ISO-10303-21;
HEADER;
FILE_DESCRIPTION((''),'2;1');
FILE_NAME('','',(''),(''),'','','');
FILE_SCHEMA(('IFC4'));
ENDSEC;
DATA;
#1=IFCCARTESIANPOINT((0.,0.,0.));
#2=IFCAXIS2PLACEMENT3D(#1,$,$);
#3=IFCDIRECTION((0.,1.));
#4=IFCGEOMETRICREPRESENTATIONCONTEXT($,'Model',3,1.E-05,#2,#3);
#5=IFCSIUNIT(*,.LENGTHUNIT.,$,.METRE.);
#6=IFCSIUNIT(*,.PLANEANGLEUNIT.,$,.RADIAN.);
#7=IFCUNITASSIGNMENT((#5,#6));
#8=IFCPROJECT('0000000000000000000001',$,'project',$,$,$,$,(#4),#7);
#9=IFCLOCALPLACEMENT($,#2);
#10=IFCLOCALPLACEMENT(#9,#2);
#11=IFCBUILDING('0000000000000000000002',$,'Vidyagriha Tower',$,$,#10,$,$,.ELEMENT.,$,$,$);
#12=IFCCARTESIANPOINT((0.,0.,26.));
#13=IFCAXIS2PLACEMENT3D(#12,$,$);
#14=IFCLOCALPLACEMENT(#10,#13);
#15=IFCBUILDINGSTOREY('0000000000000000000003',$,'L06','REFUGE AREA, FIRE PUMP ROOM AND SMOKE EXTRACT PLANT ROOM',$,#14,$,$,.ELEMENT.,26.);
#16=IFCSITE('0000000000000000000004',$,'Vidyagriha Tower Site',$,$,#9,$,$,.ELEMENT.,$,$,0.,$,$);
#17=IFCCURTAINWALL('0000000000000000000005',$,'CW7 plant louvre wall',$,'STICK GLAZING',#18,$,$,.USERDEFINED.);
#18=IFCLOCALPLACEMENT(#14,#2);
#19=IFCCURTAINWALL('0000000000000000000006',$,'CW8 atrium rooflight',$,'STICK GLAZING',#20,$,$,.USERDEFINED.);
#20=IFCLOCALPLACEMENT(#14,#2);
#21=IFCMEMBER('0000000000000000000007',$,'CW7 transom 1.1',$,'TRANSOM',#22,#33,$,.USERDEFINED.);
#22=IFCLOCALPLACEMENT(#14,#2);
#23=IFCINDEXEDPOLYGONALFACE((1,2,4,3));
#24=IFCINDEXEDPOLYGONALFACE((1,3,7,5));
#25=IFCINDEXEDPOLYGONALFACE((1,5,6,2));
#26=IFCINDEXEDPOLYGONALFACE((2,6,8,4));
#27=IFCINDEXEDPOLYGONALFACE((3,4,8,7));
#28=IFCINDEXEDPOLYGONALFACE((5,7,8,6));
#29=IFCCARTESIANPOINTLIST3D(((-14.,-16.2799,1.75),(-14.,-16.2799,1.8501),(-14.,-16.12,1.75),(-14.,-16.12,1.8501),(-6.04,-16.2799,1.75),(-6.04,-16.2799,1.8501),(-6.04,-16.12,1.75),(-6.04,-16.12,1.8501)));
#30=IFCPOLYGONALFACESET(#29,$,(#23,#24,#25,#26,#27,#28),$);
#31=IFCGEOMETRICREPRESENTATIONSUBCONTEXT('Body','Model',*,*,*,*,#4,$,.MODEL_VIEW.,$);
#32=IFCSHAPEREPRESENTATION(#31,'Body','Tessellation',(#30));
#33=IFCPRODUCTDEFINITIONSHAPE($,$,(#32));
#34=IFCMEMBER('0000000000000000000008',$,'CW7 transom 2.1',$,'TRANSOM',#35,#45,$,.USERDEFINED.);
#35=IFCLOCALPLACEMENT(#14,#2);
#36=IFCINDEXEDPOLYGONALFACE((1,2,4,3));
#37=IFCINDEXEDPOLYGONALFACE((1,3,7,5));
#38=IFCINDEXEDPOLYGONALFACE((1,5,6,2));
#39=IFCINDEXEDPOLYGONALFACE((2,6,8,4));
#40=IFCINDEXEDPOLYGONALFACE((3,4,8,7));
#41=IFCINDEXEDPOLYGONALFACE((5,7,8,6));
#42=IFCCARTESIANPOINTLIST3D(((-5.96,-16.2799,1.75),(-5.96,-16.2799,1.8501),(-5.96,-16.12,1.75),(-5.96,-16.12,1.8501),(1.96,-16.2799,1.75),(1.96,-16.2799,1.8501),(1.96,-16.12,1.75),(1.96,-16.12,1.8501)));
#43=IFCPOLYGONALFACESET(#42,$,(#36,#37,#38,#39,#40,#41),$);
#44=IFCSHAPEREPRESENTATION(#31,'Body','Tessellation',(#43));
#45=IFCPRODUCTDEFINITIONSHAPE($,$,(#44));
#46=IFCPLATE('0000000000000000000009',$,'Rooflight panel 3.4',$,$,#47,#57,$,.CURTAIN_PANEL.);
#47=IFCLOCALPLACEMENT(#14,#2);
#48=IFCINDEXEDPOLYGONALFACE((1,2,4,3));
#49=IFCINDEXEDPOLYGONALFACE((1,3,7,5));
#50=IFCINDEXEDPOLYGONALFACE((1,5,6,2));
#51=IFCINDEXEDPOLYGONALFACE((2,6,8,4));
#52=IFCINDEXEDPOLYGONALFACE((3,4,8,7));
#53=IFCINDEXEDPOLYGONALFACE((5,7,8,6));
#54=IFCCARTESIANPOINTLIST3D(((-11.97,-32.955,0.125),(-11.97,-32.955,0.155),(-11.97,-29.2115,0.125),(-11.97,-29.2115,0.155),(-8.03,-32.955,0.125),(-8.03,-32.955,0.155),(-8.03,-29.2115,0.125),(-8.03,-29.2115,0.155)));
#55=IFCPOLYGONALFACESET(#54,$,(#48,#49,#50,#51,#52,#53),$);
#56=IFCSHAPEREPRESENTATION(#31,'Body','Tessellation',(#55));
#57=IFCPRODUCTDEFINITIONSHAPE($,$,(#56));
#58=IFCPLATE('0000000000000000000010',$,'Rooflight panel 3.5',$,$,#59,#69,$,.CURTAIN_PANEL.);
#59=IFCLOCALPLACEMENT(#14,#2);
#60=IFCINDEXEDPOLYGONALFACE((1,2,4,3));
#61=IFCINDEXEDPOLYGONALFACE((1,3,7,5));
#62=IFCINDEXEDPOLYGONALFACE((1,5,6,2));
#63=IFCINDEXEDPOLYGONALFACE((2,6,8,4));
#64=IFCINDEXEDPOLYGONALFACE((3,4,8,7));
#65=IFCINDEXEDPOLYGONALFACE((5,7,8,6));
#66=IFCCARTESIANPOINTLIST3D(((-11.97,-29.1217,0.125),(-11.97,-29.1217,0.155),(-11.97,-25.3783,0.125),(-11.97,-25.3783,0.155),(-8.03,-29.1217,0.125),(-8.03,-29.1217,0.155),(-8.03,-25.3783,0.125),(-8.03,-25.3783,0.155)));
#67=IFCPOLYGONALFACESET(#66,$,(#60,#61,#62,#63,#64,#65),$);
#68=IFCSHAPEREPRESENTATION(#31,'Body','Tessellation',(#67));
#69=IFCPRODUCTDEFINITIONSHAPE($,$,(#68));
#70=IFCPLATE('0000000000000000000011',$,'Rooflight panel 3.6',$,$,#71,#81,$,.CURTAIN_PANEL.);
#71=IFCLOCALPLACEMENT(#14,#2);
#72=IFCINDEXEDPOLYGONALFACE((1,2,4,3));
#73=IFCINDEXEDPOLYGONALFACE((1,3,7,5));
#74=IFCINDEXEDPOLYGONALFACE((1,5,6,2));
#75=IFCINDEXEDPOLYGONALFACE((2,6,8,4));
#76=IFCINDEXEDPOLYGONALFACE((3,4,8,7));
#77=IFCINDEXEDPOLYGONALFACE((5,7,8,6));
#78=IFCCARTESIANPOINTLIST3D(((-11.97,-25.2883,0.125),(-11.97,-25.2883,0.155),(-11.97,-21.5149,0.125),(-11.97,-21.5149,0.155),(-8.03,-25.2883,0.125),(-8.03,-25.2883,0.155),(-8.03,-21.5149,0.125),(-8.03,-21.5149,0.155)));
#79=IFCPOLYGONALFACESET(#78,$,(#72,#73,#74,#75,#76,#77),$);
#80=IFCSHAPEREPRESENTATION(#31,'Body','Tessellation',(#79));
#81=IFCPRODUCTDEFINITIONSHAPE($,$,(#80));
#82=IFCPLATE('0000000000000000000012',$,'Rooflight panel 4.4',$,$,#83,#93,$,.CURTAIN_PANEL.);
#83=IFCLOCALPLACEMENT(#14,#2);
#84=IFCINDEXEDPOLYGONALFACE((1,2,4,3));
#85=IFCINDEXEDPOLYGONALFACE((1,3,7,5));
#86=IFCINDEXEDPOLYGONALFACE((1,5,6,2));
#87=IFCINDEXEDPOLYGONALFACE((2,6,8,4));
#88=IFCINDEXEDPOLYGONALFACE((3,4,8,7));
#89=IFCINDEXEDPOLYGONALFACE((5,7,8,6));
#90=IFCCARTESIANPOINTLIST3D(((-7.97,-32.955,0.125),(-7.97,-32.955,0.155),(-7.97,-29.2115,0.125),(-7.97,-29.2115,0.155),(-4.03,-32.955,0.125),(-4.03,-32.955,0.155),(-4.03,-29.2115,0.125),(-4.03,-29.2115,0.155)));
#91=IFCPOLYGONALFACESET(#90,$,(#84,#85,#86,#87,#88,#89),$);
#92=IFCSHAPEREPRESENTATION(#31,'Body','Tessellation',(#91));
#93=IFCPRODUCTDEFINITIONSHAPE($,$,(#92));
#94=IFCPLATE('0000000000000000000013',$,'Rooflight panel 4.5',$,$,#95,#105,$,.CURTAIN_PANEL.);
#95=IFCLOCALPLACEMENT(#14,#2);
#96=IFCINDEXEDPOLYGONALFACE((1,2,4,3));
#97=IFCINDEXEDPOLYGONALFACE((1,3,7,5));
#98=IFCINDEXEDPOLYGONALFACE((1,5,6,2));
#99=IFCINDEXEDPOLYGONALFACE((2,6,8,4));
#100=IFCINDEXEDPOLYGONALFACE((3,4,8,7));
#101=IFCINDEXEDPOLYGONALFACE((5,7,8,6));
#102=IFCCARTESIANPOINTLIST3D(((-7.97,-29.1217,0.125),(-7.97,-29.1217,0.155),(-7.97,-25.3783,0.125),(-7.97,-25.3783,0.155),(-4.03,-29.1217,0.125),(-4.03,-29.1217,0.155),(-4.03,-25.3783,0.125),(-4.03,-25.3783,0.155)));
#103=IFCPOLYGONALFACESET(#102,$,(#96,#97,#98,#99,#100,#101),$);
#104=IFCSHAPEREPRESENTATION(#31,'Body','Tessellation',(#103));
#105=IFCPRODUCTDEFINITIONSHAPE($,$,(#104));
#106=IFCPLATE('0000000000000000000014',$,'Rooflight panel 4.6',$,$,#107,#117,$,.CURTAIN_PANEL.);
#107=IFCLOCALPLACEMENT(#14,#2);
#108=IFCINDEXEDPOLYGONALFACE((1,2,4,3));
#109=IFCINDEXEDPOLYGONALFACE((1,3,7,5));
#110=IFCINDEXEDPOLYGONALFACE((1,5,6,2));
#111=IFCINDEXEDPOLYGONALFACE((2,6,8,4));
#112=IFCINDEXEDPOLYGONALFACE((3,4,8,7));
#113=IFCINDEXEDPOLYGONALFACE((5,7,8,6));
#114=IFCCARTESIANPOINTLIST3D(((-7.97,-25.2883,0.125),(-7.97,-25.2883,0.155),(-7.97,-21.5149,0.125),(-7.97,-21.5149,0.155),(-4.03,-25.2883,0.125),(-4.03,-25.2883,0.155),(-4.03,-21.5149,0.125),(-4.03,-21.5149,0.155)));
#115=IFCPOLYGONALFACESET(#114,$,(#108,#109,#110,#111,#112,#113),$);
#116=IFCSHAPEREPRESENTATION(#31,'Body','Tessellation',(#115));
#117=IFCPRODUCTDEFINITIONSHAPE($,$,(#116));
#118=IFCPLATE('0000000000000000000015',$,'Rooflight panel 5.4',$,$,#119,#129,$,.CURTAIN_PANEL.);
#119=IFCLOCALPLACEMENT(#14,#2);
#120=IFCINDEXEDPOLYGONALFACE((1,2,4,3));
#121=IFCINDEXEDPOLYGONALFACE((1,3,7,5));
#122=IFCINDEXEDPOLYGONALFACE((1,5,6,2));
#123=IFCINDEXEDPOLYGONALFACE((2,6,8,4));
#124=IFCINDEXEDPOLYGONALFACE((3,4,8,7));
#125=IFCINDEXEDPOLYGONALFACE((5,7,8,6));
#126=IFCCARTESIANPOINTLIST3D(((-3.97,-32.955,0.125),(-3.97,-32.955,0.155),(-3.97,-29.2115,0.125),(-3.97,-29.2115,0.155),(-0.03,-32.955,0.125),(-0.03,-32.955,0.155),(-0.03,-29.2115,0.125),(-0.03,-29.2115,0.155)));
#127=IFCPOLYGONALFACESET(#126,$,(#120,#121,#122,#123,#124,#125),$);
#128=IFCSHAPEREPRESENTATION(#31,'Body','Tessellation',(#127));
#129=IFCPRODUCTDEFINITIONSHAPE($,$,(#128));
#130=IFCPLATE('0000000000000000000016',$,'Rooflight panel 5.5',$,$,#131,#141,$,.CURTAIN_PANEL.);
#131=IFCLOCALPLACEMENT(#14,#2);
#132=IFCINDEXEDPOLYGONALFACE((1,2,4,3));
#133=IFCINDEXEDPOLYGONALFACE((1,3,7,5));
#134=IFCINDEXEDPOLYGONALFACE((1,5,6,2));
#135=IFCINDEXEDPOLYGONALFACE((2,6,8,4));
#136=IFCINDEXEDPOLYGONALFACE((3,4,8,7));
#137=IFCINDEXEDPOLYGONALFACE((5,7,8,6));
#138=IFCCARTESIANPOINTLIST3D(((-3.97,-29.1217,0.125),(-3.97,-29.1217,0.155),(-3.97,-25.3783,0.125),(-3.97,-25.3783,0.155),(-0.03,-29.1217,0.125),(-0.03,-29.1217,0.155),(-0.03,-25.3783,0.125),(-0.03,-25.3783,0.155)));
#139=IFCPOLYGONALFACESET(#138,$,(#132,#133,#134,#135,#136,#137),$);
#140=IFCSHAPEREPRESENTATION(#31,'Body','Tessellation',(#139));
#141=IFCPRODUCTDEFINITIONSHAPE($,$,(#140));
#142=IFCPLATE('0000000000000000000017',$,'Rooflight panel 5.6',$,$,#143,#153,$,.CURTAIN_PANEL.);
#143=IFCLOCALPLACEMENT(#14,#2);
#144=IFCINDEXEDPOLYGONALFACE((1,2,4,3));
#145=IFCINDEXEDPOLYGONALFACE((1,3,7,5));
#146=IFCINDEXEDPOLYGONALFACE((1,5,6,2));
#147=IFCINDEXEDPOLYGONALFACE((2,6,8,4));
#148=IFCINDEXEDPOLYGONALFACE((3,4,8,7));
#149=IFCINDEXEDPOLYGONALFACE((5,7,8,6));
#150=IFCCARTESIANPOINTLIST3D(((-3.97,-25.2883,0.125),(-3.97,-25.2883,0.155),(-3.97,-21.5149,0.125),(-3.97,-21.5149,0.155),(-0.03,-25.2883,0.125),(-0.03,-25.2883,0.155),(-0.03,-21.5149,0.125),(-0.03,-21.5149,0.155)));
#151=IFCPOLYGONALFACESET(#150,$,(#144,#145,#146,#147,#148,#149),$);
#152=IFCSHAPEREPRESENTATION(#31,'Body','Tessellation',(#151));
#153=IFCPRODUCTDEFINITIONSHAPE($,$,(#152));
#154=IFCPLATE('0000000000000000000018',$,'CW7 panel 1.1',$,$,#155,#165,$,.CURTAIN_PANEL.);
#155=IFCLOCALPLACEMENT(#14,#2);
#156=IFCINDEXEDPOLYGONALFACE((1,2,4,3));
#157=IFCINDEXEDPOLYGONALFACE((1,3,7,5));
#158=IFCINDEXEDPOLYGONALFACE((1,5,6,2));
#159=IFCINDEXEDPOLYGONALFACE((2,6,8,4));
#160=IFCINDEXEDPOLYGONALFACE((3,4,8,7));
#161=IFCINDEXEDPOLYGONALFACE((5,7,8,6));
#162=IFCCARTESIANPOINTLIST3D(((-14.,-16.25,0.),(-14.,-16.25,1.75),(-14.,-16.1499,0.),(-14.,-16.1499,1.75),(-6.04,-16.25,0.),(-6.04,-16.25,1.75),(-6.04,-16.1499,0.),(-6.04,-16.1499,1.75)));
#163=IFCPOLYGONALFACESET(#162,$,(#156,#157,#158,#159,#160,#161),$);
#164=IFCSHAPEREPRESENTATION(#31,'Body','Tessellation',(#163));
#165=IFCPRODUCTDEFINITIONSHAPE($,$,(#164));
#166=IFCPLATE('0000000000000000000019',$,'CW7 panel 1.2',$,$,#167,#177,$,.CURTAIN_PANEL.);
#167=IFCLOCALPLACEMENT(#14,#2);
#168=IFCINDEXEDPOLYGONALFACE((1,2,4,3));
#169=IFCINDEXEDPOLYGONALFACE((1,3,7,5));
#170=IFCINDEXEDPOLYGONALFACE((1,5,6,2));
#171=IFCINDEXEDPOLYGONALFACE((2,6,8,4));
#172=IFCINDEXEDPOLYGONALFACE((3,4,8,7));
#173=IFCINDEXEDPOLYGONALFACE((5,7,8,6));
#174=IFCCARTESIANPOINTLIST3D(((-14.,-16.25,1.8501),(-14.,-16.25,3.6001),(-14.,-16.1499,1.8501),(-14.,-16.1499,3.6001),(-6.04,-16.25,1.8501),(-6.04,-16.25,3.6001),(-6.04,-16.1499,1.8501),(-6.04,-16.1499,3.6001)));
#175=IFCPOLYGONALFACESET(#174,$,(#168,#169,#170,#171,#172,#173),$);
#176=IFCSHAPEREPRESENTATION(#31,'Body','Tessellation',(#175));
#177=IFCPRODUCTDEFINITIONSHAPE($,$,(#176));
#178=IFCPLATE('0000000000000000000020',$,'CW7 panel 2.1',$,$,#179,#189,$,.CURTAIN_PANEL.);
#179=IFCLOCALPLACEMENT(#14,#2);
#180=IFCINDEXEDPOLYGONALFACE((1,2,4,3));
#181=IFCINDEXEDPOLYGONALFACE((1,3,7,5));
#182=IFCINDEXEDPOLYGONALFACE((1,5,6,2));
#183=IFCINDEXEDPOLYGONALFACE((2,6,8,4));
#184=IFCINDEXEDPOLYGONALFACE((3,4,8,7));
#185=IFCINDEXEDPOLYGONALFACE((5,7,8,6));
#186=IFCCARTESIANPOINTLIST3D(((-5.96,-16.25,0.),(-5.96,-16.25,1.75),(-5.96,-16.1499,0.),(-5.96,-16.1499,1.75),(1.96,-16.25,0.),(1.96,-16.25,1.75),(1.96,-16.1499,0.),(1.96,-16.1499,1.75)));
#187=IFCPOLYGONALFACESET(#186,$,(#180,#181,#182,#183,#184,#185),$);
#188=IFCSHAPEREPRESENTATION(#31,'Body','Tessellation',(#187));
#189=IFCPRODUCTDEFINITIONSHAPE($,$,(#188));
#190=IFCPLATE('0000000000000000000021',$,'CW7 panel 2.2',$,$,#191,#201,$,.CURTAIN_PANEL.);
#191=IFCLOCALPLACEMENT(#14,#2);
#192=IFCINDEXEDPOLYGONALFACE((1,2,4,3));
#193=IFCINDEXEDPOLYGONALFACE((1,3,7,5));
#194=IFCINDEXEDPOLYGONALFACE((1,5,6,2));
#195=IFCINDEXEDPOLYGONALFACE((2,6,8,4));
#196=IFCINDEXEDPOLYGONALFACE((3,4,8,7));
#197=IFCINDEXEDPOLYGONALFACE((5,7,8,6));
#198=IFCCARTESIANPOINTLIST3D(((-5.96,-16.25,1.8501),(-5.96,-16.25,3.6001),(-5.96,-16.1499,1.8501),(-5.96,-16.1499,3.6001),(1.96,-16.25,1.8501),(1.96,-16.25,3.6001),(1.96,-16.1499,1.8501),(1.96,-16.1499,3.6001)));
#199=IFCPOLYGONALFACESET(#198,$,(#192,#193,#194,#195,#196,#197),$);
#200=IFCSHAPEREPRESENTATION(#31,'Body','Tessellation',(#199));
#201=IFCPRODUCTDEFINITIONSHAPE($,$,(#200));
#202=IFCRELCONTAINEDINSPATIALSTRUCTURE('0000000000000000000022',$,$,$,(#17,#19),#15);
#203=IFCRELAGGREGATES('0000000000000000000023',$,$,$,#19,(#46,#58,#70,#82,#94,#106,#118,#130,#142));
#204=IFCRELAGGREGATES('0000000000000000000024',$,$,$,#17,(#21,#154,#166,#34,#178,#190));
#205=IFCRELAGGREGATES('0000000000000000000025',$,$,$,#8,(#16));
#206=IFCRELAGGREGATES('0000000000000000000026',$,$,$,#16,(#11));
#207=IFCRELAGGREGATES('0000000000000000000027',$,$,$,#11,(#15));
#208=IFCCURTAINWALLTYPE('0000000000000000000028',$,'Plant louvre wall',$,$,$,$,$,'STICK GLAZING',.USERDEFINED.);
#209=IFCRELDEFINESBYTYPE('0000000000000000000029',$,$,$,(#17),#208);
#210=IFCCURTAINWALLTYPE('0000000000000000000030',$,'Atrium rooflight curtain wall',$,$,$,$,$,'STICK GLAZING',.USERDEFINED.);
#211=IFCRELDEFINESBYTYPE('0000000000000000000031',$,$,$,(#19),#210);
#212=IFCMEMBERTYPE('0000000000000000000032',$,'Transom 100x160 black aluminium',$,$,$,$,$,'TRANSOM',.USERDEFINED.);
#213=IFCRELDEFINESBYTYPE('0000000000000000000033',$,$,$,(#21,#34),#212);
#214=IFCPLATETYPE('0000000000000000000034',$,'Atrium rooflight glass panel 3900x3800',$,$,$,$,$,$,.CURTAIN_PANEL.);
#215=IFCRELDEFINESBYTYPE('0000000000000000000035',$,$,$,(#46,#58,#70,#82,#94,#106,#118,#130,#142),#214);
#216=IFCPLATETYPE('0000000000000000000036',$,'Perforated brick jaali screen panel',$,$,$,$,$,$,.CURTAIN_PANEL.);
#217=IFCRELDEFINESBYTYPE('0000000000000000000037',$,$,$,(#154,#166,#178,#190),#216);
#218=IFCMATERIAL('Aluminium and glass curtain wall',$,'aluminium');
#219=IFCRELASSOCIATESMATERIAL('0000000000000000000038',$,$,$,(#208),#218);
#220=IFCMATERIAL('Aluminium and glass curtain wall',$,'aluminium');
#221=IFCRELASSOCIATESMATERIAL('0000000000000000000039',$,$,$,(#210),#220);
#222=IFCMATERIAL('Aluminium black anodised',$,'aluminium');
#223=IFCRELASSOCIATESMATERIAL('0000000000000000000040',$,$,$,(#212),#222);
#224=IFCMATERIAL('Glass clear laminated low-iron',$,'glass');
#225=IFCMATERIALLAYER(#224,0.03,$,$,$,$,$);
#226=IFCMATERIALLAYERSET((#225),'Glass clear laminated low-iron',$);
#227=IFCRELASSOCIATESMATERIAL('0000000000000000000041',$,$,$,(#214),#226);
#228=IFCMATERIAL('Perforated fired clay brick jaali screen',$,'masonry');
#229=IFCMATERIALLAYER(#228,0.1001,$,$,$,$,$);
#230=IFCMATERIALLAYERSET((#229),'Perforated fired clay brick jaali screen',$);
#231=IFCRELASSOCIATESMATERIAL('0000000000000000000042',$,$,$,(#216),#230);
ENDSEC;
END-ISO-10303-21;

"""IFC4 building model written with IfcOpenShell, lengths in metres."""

from ifc_helpers import new_model, si_unit, direction, frame, origin, origin_2d, place, context, subcontext, project, spatial, rectangle, extrude, material, layer, layer_set, material_profile, profile_set, type_object, element, aggregate, save


model = new_model("IFC4")

# Units and contexts
model_context = context("Model", 3, precision=1e-05, world=origin(), true_north=direction((0.0, 1.0)))
body_context = subcontext(model_context, "Body", "Model", "MODEL_VIEW")
ifc_project = project(units=[si_unit("LENGTHUNIT", "METRE"), si_unit("PLANEANGLEUNIT", "RADIAN")], contexts=[model_context])

# Site, building, storey
site_placement = place(None, origin())
site = spatial("IfcSite", under=ifc_project, at=site_placement, Name="Vidyagriha Tower Site", CompositionType="ELEMENT", RefElevation=0.0)
building_placement = place(site_placement, origin())
building = spatial("IfcBuilding", under=site, at=building_placement, Name="Vidyagriha Tower", CompositionType="ELEMENT")
storey_placement = place(building_placement, frame((0.0, 0.0, 26.0)))
storey = spatial("IfcBuildingStorey", under=building, at=storey_placement, Name="L06", Description="REFUGE AREA, FIRE PUMP ROOM AND SMOKE EXTRACT PLANT ROOM", CompositionType="ELEMENT", Elevation=26.0)

# Curtain wall
ifc_material_1 = material(Name="Aluminium and glass curtain wall", Category="aluminium")
curtain_wall_type_1 = type_object("IfcCurtainWallType", Name="Plant louvre wall", ElementType="STICK GLAZING", PredefinedType="USERDEFINED", material=ifc_material_1)
curtain_wall_1_placement = place(storey_placement, origin())
curtain_wall_1 = element("IfcCurtainWall", 1, at=curtain_wall_1_placement, inside=storey, type_object=curtain_wall_type_1, Name="CW7 plant louvre wall", ObjectType="STICK GLAZING", PredefinedType="USERDEFINED")

# Curtain wall
ifc_material_2 = material(Name="Aluminium and glass curtain wall", Category="aluminium")
curtain_wall_type_2 = type_object("IfcCurtainWallType", Name="Atrium rooflight curtain wall", ElementType="STICK GLAZING", PredefinedType="USERDEFINED", material=ifc_material_2)
curtain_wall_2_placement = place(storey_placement, origin())
curtain_wall_2 = element("IfcCurtainWall", 2, at=curtain_wall_2_placement, inside=storey, type_object=curtain_wall_type_2, Name="CW8 atrium rooflight", ObjectType="STICK GLAZING", PredefinedType="USERDEFINED")

# Members
ifc_material_3 = material(Name="Aluminium black anodised", Category="aluminium")
ifc_material_profile_1 = material_profile(ifc_material_3, rectangle(XDim=0.1599, YDim=0.1001, at=origin_2d()), Name="Transom 100x160 black aluminium")
ifc_profile_set_1 = profile_set([ifc_material_profile_1], Name="Aluminium black anodised")
member_type_1 = type_object("IfcMemberType", Name="Transom 100x160 black aluminium", ElementType="TRANSOM", PredefinedType="USERDEFINED", material=ifc_profile_set_1)
member_1_placement = place(storey_placement, frame((-14.0, -16.2, 1.8), z_axis=(1.0, 0.0, 0.0), x_axis=(0.0, 1.0, 0.0)))
member_1 = element("IfcMember", 3, at=member_1_placement, type_object=member_type_1, Name="CW7 transom 1.1", ObjectType="TRANSOM", PredefinedType="USERDEFINED", context=body_context, shape_type="SweptSolid", body=[
    extrude(rectangle(XDim=0.1599, YDim=0.1001, at=origin_2d()), origin(), (0.0, 0.0, 1.0), 7.96),
])
member_2_placement = place(storey_placement, frame((-5.96, -16.2, 1.8), z_axis=(1.0, 0.0, 0.0), x_axis=(0.0, 1.0, 0.0)))
member_2 = element("IfcMember", 4, at=member_2_placement, type_object=member_type_1, Name="CW7 transom 2.1", ObjectType="TRANSOM", PredefinedType="USERDEFINED", context=body_context, shape_type="SweptSolid", body=[
    extrude(rectangle(XDim=0.1599, YDim=0.1001, at=origin_2d()), origin(), (0.0, 0.0, 1.0), 7.9199),
])

# Plates
ifc_material_4 = material(Name="Glass clear laminated low-iron", Category="glass")
ifc_layer_1 = layer(ifc_material_4, 0.03)
ifc_layer_set_1 = layer_set([ifc_layer_1], Name="Glass clear laminated low-iron")
plate_type_1 = type_object("IfcPlateType", Name="Atrium rooflight glass panel 3900x3800", PredefinedType="CURTAIN_PANEL", material=ifc_layer_set_1)
plate_1_placement = place(storey_placement, frame((-10.0, -31.0833, 0.125)))
plate_1 = element("IfcPlate", 5, at=plate_1_placement, type_object=plate_type_1, Name="Rooflight panel 3.4", PredefinedType="CURTAIN_PANEL", context=body_context, shape_type="SweptSolid", body=[
    extrude(rectangle(XDim=3.9399, YDim=3.7434, at=origin_2d()), origin(), (0.0, 0.0, 1.0), 0.03),
])
plate_2_placement = place(storey_placement, frame((-10.0, -27.25, 0.125)))
plate_2 = element("IfcPlate", 6, at=plate_2_placement, type_object=plate_type_1, Name="Rooflight panel 3.5", PredefinedType="CURTAIN_PANEL", context=body_context, shape_type="SweptSolid", body=[
    extrude(rectangle(XDim=3.9399, YDim=3.7434, at=origin_2d()), origin(), (0.0, 0.0, 1.0), 0.03),
])
plate_3_placement = place(storey_placement, frame((-10.0, -23.4016, 0.125)))
plate_3 = element("IfcPlate", 7, at=plate_3_placement, type_object=plate_type_1, Name="Rooflight panel 3.6", PredefinedType="CURTAIN_PANEL", context=body_context, shape_type="SweptSolid", body=[
    extrude(rectangle(XDim=3.9399, YDim=3.7734, at=origin_2d()), origin(), (0.0, 0.0, 1.0), 0.03),
])
plate_4_placement = place(storey_placement, frame((-6.0, -31.0833, 0.125)))
plate_4 = element("IfcPlate", 8, at=plate_4_placement, type_object=plate_type_1, Name="Rooflight panel 4.4", PredefinedType="CURTAIN_PANEL", context=body_context, shape_type="SweptSolid", body=[
    extrude(rectangle(XDim=3.9399, YDim=3.7434, at=origin_2d()), origin(), (0.0, 0.0, 1.0), 0.03),
])
plate_5_placement = place(storey_placement, frame((-6.0, -27.25, 0.125)))
plate_5 = element("IfcPlate", 9, at=plate_5_placement, type_object=plate_type_1, Name="Rooflight panel 4.5", PredefinedType="CURTAIN_PANEL", context=body_context, shape_type="SweptSolid", body=[
    extrude(rectangle(XDim=3.9399, YDim=3.7434, at=origin_2d()), origin(), (0.0, 0.0, 1.0), 0.03),
])
plate_6_placement = place(storey_placement, frame((-6.0, -23.4016, 0.125)))
plate_6 = element("IfcPlate", 10, at=plate_6_placement, type_object=plate_type_1, Name="Rooflight panel 4.6", PredefinedType="CURTAIN_PANEL", context=body_context, shape_type="SweptSolid", body=[
    extrude(rectangle(XDim=3.9399, YDim=3.7734, at=origin_2d()), origin(), (0.0, 0.0, 1.0), 0.03),
])
plate_7_placement = place(storey_placement, frame((-2.0, -31.0833, 0.125)))
plate_7 = element("IfcPlate", 11, at=plate_7_placement, type_object=plate_type_1, Name="Rooflight panel 5.4", PredefinedType="CURTAIN_PANEL", context=body_context, shape_type="SweptSolid", body=[
    extrude(rectangle(XDim=3.9399, YDim=3.7434, at=origin_2d()), origin(), (0.0, 0.0, 1.0), 0.03),
])
plate_8_placement = place(storey_placement, frame((-2.0, -27.25, 0.125)))
plate_8 = element("IfcPlate", 12, at=plate_8_placement, type_object=plate_type_1, Name="Rooflight panel 5.5", PredefinedType="CURTAIN_PANEL", context=body_context, shape_type="SweptSolid", body=[
    extrude(rectangle(XDim=3.9399, YDim=3.7434, at=origin_2d()), origin(), (0.0, 0.0, 1.0), 0.03),
])
plate_9_placement = place(storey_placement, frame((-2.0, -23.4016, 0.125)))
plate_9 = element("IfcPlate", 13, at=plate_9_placement, type_object=plate_type_1, Name="Rooflight panel 5.6", PredefinedType="CURTAIN_PANEL", context=body_context, shape_type="SweptSolid", body=[
    extrude(rectangle(XDim=3.9399, YDim=3.7734, at=origin_2d()), origin(), (0.0, 0.0, 1.0), 0.03),
])
aggregate(curtain_wall_2, [plate_1, plate_2, plate_3, plate_4, plate_5, plate_6, plate_7, plate_8, plate_9])
ifc_material_5 = material(Name="Perforated fired clay brick jaali screen", Category="masonry")
ifc_layer_2 = layer(ifc_material_5, 0.1001)
ifc_layer_set_2 = layer_set([ifc_layer_2], Name="Perforated fired clay brick jaali screen")
plate_type_2 = type_object("IfcPlateType", Name="Perforated brick jaali screen panel", PredefinedType="CURTAIN_PANEL", material=ifc_layer_set_2)
plate_10_placement = place(storey_placement, frame((-10.02, -16.2, 0.0)))
plate_10 = element("IfcPlate", 14, at=plate_10_placement, type_object=plate_type_2, Name="CW7 panel 1.1", PredefinedType="CURTAIN_PANEL", context=body_context, shape_type="SweptSolid", body=[
    extrude(rectangle(XDim=7.96, YDim=0.1001, at=origin_2d()), origin(), (0.0, 0.0, 1.0), 1.75),
])
plate_11_placement = place(storey_placement, frame((-10.02, -16.2, 1.8501)))
plate_11 = element("IfcPlate", 15, at=plate_11_placement, type_object=plate_type_2, Name="CW7 panel 1.2", PredefinedType="CURTAIN_PANEL", context=body_context, shape_type="SweptSolid", body=[
    extrude(rectangle(XDim=7.96, YDim=0.1001, at=origin_2d()), origin(), (0.0, 0.0, 1.0), 1.75),
])
plate_12_placement = place(storey_placement, frame((-2.0, -16.2, 0.0)))
plate_12 = element("IfcPlate", 16, at=plate_12_placement, type_object=plate_type_2, Name="CW7 panel 2.1", PredefinedType="CURTAIN_PANEL", context=body_context, shape_type="SweptSolid", body=[
    extrude(rectangle(XDim=7.9199, YDim=0.1001, at=origin_2d()), origin(), (0.0, 0.0, 1.0), 1.75),
])
plate_13_placement = place(storey_placement, frame((-2.0, -16.2, 1.8501)))
plate_13 = element("IfcPlate", 17, at=plate_13_placement, type_object=plate_type_2, Name="CW7 panel 2.2", PredefinedType="CURTAIN_PANEL", context=body_context, shape_type="SweptSolid", body=[
    extrude(rectangle(XDim=7.9199, YDim=0.1001, at=origin_2d()), origin(), (0.0, 0.0, 1.0), 1.75),
])
aggregate(curtain_wall_1, [member_1, plate_10, plate_11, member_2, plate_12, plate_13])

save(model, "model.ifc")
